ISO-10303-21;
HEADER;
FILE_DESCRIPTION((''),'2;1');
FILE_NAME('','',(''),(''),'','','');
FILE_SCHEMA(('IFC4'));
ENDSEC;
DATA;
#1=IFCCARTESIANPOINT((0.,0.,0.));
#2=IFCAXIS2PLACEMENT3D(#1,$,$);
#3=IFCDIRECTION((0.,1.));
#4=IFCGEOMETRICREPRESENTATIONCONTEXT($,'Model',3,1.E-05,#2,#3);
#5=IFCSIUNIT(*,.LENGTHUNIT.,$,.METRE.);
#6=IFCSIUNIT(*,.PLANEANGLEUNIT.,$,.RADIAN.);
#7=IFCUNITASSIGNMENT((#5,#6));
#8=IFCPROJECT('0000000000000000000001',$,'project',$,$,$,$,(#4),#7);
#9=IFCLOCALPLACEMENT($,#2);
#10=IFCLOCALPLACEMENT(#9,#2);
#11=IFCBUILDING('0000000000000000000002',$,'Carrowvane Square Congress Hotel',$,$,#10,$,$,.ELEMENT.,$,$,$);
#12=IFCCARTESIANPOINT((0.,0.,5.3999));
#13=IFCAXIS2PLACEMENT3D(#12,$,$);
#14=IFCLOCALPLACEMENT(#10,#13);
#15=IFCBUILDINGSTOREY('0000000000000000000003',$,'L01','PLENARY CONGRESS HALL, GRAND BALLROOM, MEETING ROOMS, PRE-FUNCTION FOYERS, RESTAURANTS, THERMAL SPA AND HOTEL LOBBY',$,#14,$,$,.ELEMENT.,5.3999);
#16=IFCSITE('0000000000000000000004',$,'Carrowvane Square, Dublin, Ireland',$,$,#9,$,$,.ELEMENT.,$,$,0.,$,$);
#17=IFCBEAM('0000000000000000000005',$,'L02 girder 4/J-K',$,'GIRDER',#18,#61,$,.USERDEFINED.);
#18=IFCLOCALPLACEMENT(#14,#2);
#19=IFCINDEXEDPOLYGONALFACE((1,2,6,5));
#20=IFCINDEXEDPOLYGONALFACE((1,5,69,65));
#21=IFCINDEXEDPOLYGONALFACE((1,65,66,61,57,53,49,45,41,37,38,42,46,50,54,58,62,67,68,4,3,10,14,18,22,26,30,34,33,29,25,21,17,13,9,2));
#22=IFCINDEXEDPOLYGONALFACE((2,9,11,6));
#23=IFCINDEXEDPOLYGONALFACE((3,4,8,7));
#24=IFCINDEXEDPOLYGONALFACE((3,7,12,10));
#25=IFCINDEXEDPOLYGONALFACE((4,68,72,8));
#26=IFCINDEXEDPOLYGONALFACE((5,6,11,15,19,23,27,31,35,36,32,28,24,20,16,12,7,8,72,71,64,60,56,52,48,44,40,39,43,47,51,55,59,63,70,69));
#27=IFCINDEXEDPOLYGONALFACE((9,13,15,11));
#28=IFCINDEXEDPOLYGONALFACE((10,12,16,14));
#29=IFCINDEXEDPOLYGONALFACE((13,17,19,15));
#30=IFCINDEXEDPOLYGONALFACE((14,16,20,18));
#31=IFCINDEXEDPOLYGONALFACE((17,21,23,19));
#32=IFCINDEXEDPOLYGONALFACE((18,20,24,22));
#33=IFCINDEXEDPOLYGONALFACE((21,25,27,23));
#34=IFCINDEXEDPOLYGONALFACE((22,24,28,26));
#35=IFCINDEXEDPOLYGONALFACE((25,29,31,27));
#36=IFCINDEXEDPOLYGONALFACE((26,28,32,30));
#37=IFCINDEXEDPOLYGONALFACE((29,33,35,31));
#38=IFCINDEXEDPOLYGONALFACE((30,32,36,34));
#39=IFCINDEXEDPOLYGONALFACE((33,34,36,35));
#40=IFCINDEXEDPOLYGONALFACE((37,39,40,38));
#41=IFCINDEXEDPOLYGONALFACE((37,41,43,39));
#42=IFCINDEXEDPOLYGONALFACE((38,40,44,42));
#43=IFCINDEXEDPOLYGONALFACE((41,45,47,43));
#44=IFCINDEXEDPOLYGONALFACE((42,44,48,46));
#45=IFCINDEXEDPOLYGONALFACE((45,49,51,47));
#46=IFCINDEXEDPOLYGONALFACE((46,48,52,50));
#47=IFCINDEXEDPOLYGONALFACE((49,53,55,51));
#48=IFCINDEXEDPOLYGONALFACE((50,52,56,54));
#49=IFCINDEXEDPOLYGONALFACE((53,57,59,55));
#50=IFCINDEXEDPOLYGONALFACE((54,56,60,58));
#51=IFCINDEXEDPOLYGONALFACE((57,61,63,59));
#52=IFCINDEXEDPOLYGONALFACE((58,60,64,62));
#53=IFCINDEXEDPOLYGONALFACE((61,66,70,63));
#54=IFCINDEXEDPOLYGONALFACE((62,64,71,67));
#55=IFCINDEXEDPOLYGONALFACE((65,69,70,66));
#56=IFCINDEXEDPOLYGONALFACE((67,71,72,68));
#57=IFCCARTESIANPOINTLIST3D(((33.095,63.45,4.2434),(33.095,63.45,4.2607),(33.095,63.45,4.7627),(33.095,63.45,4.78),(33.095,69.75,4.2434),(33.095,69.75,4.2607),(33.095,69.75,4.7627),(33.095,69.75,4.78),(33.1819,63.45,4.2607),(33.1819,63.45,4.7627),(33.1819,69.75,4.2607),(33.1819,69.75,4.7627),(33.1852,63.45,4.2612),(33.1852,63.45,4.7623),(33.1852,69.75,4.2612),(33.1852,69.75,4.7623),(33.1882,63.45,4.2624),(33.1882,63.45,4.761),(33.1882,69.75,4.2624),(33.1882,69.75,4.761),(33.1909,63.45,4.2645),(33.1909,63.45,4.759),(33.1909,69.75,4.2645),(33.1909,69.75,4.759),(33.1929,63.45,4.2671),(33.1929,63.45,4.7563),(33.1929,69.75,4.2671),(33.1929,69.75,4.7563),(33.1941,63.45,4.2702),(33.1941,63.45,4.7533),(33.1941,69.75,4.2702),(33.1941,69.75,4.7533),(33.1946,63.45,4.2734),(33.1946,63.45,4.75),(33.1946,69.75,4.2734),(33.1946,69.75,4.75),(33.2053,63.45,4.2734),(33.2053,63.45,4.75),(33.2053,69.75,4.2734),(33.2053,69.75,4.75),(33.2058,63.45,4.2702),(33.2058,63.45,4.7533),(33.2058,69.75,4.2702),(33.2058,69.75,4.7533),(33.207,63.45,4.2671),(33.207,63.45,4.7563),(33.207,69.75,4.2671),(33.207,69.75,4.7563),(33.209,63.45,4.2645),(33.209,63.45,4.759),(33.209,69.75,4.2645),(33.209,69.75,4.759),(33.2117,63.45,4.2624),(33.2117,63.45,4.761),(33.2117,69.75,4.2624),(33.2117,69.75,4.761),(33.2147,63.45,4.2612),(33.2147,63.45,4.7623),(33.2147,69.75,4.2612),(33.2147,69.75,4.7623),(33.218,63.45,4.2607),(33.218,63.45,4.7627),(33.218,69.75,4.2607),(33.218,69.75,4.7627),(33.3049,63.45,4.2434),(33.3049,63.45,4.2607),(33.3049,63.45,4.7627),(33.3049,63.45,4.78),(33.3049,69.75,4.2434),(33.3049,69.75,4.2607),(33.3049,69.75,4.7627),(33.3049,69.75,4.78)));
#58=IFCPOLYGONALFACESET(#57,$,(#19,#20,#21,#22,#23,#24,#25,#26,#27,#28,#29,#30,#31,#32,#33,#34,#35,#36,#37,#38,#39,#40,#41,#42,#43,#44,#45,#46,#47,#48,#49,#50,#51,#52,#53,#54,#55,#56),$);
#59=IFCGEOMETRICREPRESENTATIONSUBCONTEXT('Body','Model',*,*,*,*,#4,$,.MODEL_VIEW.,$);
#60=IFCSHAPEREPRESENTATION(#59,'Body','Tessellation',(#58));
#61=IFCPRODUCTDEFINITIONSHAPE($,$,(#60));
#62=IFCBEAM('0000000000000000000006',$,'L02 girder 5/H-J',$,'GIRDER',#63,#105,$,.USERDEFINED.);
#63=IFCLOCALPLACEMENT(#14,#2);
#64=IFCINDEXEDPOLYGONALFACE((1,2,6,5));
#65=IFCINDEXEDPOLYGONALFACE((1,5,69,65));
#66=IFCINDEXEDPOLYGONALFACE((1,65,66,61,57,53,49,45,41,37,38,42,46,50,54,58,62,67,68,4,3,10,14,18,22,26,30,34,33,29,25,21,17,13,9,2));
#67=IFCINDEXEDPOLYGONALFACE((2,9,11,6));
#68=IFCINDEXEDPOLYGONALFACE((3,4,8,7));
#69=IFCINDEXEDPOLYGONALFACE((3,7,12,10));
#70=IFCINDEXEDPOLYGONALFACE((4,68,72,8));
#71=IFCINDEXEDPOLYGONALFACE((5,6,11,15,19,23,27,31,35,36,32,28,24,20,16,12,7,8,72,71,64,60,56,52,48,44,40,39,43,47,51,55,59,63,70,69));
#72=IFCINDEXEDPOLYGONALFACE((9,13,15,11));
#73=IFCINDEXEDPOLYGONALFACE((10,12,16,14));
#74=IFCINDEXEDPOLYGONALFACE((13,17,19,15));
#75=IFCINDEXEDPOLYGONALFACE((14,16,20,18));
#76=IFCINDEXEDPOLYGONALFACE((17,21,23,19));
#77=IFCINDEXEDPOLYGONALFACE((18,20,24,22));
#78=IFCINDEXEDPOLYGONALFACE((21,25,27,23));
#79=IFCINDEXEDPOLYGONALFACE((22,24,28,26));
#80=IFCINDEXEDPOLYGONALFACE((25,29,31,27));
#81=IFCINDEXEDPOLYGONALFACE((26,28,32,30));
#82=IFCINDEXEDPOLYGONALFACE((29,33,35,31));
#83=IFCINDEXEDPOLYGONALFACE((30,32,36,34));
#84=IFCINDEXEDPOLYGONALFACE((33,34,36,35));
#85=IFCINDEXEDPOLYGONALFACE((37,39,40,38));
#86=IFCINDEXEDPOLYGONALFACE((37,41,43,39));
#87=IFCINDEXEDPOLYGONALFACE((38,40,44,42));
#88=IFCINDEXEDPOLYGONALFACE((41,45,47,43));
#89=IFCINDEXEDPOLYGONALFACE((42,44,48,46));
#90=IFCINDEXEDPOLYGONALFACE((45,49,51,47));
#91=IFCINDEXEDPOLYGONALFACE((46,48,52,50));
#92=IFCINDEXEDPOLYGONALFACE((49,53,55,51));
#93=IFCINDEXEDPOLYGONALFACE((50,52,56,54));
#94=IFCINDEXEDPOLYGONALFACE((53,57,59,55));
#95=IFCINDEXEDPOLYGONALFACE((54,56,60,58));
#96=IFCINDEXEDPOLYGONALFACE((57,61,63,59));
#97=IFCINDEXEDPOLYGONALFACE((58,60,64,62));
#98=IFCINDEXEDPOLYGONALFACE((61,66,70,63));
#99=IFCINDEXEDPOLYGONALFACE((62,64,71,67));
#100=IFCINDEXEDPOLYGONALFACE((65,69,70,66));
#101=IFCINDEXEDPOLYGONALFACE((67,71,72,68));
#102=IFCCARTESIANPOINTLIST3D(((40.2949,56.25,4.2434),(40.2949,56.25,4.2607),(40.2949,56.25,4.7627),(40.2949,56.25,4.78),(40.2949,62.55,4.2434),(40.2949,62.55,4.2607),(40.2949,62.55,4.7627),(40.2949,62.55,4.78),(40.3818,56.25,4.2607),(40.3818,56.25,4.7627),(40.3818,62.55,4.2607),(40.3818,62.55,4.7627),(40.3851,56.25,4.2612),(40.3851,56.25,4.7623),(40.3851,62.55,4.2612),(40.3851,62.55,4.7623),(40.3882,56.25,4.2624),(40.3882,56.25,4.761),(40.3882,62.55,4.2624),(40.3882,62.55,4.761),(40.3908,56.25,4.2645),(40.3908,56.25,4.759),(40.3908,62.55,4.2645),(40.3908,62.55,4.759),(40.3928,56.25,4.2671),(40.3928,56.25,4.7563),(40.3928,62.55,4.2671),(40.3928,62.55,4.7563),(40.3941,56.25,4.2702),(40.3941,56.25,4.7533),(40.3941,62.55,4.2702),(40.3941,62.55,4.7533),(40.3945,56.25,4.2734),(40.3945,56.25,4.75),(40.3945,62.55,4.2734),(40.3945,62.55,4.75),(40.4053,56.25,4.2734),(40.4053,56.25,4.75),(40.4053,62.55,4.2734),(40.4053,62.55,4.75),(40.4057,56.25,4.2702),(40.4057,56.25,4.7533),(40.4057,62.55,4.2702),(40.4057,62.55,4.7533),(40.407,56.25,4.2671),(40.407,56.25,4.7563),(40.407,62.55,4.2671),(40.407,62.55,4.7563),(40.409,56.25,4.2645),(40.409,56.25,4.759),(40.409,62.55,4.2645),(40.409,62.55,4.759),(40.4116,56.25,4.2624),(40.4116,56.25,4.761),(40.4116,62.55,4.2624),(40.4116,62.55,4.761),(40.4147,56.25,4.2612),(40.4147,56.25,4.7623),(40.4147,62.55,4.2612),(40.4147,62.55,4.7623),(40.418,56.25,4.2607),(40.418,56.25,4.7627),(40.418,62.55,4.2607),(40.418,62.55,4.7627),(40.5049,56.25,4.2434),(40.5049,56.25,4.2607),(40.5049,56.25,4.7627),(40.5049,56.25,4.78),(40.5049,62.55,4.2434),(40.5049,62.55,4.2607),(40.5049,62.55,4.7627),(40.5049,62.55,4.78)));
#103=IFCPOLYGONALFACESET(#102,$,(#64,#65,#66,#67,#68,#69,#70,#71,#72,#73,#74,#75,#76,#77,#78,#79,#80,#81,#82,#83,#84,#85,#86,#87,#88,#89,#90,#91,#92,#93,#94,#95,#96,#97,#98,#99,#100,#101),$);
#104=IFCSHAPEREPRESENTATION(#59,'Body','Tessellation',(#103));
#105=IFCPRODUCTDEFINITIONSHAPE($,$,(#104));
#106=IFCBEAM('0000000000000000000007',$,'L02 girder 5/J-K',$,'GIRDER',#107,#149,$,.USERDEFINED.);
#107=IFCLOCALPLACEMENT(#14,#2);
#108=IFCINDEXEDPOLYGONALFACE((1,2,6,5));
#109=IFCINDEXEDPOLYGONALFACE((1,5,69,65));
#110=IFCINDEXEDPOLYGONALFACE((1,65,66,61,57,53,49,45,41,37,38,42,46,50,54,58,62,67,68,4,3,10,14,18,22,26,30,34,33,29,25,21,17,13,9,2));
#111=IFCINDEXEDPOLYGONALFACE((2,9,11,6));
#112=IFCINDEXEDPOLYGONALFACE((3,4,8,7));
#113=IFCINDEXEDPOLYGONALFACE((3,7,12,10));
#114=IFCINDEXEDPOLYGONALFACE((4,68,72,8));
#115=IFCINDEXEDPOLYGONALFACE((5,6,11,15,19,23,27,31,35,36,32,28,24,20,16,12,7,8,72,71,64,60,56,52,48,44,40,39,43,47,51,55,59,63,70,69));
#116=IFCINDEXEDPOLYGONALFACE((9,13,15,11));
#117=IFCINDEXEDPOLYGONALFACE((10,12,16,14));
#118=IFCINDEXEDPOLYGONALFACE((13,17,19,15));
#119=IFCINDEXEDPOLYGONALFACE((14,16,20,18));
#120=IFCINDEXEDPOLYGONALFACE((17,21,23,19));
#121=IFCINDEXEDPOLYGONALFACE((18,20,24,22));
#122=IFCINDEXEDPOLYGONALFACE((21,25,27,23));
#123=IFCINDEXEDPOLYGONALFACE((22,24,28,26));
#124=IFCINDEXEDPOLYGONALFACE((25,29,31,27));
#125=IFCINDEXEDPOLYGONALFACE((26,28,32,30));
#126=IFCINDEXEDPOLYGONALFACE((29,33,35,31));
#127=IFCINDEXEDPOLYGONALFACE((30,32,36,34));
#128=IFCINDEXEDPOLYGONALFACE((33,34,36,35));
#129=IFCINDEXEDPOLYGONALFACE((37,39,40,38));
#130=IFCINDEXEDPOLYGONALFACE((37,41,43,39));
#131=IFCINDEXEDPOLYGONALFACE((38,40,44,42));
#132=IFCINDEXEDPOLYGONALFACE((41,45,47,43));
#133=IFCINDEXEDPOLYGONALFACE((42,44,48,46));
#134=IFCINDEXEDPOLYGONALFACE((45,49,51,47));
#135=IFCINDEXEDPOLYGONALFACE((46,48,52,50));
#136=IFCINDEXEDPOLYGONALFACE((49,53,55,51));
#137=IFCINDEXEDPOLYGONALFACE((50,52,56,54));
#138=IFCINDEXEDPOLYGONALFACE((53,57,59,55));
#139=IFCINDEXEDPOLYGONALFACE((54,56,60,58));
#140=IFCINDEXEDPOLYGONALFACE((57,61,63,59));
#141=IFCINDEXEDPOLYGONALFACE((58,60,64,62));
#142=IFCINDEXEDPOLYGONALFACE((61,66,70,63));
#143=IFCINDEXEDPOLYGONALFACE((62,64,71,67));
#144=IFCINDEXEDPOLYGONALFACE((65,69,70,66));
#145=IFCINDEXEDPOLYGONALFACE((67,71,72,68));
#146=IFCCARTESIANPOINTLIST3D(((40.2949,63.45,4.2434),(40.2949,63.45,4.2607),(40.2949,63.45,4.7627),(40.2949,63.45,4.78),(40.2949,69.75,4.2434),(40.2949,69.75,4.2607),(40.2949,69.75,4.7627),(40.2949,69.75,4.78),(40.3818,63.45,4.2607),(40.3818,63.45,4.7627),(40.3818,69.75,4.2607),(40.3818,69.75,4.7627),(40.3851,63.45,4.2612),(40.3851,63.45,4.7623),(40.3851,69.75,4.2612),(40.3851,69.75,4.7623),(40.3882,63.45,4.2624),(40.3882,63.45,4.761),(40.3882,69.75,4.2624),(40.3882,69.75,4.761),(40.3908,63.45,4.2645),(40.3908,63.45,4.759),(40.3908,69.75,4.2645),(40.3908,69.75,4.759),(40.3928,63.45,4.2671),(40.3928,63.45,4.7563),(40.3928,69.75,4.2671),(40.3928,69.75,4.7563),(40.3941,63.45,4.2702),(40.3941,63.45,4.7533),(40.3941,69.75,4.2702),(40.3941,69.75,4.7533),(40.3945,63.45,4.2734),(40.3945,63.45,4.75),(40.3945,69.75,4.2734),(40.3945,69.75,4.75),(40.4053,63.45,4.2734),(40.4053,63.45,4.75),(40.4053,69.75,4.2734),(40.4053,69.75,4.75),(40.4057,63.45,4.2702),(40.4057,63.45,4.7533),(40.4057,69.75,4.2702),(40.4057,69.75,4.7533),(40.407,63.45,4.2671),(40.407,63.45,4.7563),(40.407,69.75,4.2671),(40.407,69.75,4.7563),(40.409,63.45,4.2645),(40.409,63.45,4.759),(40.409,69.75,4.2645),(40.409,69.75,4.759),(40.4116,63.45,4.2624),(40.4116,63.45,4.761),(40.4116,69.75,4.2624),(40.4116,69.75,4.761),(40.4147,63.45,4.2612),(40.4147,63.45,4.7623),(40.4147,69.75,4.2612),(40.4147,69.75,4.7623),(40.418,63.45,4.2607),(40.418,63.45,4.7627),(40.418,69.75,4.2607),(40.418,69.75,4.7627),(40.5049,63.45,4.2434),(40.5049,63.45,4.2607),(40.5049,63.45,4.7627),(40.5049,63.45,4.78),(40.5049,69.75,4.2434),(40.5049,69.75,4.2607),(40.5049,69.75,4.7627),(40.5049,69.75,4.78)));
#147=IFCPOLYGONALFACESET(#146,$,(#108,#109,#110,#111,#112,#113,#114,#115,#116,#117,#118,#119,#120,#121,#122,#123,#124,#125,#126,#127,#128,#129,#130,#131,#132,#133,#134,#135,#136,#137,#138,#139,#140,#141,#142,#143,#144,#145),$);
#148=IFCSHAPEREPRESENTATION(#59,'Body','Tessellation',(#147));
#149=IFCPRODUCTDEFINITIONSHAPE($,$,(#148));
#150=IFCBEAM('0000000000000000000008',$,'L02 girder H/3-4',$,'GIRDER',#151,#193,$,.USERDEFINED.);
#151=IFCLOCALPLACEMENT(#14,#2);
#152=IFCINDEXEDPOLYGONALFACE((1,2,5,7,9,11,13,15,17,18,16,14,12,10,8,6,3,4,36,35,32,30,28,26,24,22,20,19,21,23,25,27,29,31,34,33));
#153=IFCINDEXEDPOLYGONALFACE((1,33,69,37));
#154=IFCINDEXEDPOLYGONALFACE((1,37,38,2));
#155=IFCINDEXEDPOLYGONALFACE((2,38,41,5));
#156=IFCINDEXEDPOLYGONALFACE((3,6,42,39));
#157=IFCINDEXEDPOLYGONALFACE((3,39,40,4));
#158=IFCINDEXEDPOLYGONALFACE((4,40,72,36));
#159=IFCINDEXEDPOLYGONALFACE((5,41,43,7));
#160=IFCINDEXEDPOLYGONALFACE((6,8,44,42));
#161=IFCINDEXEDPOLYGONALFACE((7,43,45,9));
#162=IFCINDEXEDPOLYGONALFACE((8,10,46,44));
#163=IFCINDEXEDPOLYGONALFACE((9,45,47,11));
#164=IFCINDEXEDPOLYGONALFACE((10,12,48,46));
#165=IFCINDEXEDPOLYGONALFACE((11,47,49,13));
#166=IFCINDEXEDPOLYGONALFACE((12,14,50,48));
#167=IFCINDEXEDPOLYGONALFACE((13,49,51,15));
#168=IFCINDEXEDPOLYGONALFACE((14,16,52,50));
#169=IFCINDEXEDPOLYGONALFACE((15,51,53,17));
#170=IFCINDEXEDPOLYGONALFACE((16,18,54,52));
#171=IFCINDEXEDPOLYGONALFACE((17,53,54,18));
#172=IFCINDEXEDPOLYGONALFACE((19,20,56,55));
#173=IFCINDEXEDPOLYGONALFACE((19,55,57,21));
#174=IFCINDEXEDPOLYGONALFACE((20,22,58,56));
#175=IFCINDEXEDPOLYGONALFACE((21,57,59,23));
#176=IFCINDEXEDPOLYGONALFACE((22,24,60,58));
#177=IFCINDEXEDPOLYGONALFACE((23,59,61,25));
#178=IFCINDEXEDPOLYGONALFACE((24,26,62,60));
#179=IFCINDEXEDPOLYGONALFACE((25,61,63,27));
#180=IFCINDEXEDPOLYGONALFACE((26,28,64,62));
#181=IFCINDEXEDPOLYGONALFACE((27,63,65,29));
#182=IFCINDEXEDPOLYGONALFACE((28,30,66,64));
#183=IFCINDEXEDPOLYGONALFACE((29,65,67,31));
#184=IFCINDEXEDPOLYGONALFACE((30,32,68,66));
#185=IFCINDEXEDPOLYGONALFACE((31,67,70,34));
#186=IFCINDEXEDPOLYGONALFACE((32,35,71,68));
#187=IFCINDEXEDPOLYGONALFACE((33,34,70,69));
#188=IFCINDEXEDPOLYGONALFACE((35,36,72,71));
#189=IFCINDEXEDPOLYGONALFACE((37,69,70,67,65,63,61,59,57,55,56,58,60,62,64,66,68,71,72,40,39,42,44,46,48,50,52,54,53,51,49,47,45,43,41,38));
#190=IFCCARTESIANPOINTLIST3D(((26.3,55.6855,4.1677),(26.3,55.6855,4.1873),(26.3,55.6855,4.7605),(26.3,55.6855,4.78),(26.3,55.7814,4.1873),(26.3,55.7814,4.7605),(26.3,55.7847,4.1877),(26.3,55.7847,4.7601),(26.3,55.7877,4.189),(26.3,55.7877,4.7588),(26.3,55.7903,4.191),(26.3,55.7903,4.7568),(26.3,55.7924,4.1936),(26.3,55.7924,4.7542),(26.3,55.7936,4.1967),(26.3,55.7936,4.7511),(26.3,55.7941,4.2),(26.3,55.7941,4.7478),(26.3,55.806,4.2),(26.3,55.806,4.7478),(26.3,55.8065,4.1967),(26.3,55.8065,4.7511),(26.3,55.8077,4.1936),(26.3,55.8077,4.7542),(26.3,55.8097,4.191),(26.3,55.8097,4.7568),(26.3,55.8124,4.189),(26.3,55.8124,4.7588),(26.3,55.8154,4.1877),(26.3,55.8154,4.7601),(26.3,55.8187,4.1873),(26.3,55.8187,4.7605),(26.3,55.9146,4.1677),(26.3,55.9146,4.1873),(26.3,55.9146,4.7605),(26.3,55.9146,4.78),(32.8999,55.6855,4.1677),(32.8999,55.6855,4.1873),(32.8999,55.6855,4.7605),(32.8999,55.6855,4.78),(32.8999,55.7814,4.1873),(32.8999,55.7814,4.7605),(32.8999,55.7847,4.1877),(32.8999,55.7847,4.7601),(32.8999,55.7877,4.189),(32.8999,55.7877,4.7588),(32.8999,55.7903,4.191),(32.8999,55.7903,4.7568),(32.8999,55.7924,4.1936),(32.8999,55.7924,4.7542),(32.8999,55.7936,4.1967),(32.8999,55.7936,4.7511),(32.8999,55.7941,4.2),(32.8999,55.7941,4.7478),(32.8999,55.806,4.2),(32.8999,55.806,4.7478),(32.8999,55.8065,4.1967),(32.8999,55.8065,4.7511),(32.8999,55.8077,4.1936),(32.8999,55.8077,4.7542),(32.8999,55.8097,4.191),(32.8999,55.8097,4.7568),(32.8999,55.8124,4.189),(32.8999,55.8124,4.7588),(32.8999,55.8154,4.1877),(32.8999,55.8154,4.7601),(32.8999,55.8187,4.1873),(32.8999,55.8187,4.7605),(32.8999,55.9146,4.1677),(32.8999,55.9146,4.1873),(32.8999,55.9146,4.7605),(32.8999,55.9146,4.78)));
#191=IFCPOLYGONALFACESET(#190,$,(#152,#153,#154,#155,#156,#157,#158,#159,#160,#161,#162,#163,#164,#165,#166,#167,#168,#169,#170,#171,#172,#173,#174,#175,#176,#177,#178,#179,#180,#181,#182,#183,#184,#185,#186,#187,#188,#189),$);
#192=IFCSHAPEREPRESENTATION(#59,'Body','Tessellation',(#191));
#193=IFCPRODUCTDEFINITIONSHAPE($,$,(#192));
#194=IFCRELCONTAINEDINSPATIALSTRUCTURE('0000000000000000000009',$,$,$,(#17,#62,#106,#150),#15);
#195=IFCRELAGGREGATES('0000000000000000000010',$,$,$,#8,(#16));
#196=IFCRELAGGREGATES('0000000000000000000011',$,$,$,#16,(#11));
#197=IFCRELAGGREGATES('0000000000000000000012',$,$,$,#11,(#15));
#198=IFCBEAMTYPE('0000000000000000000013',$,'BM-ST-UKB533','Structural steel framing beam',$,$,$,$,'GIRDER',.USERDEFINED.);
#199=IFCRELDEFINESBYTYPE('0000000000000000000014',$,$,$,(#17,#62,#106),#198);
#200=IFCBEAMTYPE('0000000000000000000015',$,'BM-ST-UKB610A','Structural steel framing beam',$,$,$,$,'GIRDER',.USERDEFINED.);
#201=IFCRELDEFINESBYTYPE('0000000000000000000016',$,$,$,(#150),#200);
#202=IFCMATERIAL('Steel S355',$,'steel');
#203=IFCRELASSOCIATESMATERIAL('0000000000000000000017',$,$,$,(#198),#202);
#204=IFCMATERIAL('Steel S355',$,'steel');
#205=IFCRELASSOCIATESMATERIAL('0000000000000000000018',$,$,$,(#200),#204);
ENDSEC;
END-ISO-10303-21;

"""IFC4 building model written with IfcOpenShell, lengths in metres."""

from ifc_helpers import new_model, si_unit, direction, frame, origin, origin_2d, place, context, subcontext, project, spatial, i_section, extrude, material, material_profile, profile_set, type_object, element, save


model = new_model("IFC4")

# Units and contexts
model_context = context("Model", 3, precision=1e-05, world=origin(), true_north=direction((0.0, 1.0)))
body_context = subcontext(model_context, "Body", "Model", "MODEL_VIEW")
ifc_project = project(units=[si_unit("LENGTHUNIT", "METRE"), si_unit("PLANEANGLEUNIT", "RADIAN")], contexts=[model_context])

# Site, building, storey
site_placement = place(None, origin())
site = spatial("IfcSite", under=ifc_project, at=site_placement, Name="Carrowvane Square, Dublin, Ireland", CompositionType="ELEMENT", RefElevation=0.0)
building_placement = place(site_placement, origin())
building = spatial("IfcBuilding", under=site, at=building_placement, Name="Carrowvane Square Congress Hotel", CompositionType="ELEMENT")
storey_placement = place(building_placement, frame((0.0, 0.0, 5.3999)))
storey = spatial("IfcBuildingStorey", under=building, at=storey_placement, Name="L01", Description="PLENARY CONGRESS HALL, GRAND BALLROOM, MEETING ROOMS, PRE-FUNCTION FOYERS, RESTAURANTS, THERMAL SPA AND HOTEL LOBBY", CompositionType="ELEMENT", Elevation=5.3999)

# Beams
ifc_material_1 = material(Name="Steel S355", Category="steel")
ifc_material_profile_1 = material_profile(ifc_material_1, i_section(OverallWidth=0.21, OverallDepth=0.5366, WebThickness=0.0107, FlangeThickness=0.0173, FilletRadius=0.0127, at=origin_2d()), Name="UKB 533x210x101")
ifc_profile_set_1 = profile_set([ifc_material_profile_1], Name="Steel S355")
beam_type_1 = type_object("IfcBeamType", Name="BM-ST-UKB533", Description="Structural steel framing beam", ElementType="GIRDER", PredefinedType="USERDEFINED", material=ifc_profile_set_1)
for number, where, z_axis, x_axis, name in (
    (1, (33.2, 63.45, 4.5117), (0.0, 1.0, 0.0), (-1.0, 0.0, 0.0), "L02 girder 4/J-K"),
    (2, (40.3999, 56.25, 4.5117), (0.0, 1.0, 0.0), (-1.0, 0.0, 0.0), "L02 girder 5/H-J"),
    (3, (40.3999, 63.45, 4.5117), (0.0, 1.0, 0.0), (-1.0, 0.0, 0.0), "L02 girder 5/J-K"),
):
    element("IfcBeam", number, at=place(storey_placement, frame(where, z_axis=z_axis, x_axis=x_axis)), inside=storey, type_object=beam_type_1, Name=name, ObjectType="GIRDER", PredefinedType="USERDEFINED", context=body_context, shape_type="SweptSolid", body=[
        extrude(i_section(OverallWidth=0.21, OverallDepth=0.5366, WebThickness=0.0107, FlangeThickness=0.0173, FilletRadius=0.0127, at=origin_2d()), origin(), (0.0, 0.0, 1.0), 6.3),
    ])
ifc_material_2 = material(Name="Steel S355", Category="steel")
ifc_material_profile_2 = material_profile(ifc_material_2, i_section(OverallWidth=0.229, OverallDepth=0.6123, WebThickness=0.012, FlangeThickness=0.0195, FilletRadius=0.0127, at=origin_2d()), Name="UKB 610x229x125")
ifc_profile_set_2 = profile_set([ifc_material_profile_2], Name="Steel S355")
beam_type_2 = type_object("IfcBeamType", Name="BM-ST-UKB610A", Description="Structural steel framing beam", ElementType="GIRDER", PredefinedType="USERDEFINED", material=ifc_profile_set_2)
beam_1_placement = place(storey_placement, frame((26.3, 55.8, 4.4739), z_axis=(1.0, 0.0, 0.0), x_axis=(0.0, 1.0, 0.0)))
element("IfcBeam", 4, at=beam_1_placement, inside=storey, type_object=beam_type_2, Name="L02 girder H/3-4", ObjectType="GIRDER", PredefinedType="USERDEFINED", context=body_context, shape_type="SweptSolid", body=[
    extrude(i_section(OverallWidth=0.229, OverallDepth=0.6123, WebThickness=0.012, FlangeThickness=0.0195, FilletRadius=0.0127, at=origin_2d()), origin(), (0.0, 0.0, 1.0), 6.5999),
])

save(model, "model.ifc")
